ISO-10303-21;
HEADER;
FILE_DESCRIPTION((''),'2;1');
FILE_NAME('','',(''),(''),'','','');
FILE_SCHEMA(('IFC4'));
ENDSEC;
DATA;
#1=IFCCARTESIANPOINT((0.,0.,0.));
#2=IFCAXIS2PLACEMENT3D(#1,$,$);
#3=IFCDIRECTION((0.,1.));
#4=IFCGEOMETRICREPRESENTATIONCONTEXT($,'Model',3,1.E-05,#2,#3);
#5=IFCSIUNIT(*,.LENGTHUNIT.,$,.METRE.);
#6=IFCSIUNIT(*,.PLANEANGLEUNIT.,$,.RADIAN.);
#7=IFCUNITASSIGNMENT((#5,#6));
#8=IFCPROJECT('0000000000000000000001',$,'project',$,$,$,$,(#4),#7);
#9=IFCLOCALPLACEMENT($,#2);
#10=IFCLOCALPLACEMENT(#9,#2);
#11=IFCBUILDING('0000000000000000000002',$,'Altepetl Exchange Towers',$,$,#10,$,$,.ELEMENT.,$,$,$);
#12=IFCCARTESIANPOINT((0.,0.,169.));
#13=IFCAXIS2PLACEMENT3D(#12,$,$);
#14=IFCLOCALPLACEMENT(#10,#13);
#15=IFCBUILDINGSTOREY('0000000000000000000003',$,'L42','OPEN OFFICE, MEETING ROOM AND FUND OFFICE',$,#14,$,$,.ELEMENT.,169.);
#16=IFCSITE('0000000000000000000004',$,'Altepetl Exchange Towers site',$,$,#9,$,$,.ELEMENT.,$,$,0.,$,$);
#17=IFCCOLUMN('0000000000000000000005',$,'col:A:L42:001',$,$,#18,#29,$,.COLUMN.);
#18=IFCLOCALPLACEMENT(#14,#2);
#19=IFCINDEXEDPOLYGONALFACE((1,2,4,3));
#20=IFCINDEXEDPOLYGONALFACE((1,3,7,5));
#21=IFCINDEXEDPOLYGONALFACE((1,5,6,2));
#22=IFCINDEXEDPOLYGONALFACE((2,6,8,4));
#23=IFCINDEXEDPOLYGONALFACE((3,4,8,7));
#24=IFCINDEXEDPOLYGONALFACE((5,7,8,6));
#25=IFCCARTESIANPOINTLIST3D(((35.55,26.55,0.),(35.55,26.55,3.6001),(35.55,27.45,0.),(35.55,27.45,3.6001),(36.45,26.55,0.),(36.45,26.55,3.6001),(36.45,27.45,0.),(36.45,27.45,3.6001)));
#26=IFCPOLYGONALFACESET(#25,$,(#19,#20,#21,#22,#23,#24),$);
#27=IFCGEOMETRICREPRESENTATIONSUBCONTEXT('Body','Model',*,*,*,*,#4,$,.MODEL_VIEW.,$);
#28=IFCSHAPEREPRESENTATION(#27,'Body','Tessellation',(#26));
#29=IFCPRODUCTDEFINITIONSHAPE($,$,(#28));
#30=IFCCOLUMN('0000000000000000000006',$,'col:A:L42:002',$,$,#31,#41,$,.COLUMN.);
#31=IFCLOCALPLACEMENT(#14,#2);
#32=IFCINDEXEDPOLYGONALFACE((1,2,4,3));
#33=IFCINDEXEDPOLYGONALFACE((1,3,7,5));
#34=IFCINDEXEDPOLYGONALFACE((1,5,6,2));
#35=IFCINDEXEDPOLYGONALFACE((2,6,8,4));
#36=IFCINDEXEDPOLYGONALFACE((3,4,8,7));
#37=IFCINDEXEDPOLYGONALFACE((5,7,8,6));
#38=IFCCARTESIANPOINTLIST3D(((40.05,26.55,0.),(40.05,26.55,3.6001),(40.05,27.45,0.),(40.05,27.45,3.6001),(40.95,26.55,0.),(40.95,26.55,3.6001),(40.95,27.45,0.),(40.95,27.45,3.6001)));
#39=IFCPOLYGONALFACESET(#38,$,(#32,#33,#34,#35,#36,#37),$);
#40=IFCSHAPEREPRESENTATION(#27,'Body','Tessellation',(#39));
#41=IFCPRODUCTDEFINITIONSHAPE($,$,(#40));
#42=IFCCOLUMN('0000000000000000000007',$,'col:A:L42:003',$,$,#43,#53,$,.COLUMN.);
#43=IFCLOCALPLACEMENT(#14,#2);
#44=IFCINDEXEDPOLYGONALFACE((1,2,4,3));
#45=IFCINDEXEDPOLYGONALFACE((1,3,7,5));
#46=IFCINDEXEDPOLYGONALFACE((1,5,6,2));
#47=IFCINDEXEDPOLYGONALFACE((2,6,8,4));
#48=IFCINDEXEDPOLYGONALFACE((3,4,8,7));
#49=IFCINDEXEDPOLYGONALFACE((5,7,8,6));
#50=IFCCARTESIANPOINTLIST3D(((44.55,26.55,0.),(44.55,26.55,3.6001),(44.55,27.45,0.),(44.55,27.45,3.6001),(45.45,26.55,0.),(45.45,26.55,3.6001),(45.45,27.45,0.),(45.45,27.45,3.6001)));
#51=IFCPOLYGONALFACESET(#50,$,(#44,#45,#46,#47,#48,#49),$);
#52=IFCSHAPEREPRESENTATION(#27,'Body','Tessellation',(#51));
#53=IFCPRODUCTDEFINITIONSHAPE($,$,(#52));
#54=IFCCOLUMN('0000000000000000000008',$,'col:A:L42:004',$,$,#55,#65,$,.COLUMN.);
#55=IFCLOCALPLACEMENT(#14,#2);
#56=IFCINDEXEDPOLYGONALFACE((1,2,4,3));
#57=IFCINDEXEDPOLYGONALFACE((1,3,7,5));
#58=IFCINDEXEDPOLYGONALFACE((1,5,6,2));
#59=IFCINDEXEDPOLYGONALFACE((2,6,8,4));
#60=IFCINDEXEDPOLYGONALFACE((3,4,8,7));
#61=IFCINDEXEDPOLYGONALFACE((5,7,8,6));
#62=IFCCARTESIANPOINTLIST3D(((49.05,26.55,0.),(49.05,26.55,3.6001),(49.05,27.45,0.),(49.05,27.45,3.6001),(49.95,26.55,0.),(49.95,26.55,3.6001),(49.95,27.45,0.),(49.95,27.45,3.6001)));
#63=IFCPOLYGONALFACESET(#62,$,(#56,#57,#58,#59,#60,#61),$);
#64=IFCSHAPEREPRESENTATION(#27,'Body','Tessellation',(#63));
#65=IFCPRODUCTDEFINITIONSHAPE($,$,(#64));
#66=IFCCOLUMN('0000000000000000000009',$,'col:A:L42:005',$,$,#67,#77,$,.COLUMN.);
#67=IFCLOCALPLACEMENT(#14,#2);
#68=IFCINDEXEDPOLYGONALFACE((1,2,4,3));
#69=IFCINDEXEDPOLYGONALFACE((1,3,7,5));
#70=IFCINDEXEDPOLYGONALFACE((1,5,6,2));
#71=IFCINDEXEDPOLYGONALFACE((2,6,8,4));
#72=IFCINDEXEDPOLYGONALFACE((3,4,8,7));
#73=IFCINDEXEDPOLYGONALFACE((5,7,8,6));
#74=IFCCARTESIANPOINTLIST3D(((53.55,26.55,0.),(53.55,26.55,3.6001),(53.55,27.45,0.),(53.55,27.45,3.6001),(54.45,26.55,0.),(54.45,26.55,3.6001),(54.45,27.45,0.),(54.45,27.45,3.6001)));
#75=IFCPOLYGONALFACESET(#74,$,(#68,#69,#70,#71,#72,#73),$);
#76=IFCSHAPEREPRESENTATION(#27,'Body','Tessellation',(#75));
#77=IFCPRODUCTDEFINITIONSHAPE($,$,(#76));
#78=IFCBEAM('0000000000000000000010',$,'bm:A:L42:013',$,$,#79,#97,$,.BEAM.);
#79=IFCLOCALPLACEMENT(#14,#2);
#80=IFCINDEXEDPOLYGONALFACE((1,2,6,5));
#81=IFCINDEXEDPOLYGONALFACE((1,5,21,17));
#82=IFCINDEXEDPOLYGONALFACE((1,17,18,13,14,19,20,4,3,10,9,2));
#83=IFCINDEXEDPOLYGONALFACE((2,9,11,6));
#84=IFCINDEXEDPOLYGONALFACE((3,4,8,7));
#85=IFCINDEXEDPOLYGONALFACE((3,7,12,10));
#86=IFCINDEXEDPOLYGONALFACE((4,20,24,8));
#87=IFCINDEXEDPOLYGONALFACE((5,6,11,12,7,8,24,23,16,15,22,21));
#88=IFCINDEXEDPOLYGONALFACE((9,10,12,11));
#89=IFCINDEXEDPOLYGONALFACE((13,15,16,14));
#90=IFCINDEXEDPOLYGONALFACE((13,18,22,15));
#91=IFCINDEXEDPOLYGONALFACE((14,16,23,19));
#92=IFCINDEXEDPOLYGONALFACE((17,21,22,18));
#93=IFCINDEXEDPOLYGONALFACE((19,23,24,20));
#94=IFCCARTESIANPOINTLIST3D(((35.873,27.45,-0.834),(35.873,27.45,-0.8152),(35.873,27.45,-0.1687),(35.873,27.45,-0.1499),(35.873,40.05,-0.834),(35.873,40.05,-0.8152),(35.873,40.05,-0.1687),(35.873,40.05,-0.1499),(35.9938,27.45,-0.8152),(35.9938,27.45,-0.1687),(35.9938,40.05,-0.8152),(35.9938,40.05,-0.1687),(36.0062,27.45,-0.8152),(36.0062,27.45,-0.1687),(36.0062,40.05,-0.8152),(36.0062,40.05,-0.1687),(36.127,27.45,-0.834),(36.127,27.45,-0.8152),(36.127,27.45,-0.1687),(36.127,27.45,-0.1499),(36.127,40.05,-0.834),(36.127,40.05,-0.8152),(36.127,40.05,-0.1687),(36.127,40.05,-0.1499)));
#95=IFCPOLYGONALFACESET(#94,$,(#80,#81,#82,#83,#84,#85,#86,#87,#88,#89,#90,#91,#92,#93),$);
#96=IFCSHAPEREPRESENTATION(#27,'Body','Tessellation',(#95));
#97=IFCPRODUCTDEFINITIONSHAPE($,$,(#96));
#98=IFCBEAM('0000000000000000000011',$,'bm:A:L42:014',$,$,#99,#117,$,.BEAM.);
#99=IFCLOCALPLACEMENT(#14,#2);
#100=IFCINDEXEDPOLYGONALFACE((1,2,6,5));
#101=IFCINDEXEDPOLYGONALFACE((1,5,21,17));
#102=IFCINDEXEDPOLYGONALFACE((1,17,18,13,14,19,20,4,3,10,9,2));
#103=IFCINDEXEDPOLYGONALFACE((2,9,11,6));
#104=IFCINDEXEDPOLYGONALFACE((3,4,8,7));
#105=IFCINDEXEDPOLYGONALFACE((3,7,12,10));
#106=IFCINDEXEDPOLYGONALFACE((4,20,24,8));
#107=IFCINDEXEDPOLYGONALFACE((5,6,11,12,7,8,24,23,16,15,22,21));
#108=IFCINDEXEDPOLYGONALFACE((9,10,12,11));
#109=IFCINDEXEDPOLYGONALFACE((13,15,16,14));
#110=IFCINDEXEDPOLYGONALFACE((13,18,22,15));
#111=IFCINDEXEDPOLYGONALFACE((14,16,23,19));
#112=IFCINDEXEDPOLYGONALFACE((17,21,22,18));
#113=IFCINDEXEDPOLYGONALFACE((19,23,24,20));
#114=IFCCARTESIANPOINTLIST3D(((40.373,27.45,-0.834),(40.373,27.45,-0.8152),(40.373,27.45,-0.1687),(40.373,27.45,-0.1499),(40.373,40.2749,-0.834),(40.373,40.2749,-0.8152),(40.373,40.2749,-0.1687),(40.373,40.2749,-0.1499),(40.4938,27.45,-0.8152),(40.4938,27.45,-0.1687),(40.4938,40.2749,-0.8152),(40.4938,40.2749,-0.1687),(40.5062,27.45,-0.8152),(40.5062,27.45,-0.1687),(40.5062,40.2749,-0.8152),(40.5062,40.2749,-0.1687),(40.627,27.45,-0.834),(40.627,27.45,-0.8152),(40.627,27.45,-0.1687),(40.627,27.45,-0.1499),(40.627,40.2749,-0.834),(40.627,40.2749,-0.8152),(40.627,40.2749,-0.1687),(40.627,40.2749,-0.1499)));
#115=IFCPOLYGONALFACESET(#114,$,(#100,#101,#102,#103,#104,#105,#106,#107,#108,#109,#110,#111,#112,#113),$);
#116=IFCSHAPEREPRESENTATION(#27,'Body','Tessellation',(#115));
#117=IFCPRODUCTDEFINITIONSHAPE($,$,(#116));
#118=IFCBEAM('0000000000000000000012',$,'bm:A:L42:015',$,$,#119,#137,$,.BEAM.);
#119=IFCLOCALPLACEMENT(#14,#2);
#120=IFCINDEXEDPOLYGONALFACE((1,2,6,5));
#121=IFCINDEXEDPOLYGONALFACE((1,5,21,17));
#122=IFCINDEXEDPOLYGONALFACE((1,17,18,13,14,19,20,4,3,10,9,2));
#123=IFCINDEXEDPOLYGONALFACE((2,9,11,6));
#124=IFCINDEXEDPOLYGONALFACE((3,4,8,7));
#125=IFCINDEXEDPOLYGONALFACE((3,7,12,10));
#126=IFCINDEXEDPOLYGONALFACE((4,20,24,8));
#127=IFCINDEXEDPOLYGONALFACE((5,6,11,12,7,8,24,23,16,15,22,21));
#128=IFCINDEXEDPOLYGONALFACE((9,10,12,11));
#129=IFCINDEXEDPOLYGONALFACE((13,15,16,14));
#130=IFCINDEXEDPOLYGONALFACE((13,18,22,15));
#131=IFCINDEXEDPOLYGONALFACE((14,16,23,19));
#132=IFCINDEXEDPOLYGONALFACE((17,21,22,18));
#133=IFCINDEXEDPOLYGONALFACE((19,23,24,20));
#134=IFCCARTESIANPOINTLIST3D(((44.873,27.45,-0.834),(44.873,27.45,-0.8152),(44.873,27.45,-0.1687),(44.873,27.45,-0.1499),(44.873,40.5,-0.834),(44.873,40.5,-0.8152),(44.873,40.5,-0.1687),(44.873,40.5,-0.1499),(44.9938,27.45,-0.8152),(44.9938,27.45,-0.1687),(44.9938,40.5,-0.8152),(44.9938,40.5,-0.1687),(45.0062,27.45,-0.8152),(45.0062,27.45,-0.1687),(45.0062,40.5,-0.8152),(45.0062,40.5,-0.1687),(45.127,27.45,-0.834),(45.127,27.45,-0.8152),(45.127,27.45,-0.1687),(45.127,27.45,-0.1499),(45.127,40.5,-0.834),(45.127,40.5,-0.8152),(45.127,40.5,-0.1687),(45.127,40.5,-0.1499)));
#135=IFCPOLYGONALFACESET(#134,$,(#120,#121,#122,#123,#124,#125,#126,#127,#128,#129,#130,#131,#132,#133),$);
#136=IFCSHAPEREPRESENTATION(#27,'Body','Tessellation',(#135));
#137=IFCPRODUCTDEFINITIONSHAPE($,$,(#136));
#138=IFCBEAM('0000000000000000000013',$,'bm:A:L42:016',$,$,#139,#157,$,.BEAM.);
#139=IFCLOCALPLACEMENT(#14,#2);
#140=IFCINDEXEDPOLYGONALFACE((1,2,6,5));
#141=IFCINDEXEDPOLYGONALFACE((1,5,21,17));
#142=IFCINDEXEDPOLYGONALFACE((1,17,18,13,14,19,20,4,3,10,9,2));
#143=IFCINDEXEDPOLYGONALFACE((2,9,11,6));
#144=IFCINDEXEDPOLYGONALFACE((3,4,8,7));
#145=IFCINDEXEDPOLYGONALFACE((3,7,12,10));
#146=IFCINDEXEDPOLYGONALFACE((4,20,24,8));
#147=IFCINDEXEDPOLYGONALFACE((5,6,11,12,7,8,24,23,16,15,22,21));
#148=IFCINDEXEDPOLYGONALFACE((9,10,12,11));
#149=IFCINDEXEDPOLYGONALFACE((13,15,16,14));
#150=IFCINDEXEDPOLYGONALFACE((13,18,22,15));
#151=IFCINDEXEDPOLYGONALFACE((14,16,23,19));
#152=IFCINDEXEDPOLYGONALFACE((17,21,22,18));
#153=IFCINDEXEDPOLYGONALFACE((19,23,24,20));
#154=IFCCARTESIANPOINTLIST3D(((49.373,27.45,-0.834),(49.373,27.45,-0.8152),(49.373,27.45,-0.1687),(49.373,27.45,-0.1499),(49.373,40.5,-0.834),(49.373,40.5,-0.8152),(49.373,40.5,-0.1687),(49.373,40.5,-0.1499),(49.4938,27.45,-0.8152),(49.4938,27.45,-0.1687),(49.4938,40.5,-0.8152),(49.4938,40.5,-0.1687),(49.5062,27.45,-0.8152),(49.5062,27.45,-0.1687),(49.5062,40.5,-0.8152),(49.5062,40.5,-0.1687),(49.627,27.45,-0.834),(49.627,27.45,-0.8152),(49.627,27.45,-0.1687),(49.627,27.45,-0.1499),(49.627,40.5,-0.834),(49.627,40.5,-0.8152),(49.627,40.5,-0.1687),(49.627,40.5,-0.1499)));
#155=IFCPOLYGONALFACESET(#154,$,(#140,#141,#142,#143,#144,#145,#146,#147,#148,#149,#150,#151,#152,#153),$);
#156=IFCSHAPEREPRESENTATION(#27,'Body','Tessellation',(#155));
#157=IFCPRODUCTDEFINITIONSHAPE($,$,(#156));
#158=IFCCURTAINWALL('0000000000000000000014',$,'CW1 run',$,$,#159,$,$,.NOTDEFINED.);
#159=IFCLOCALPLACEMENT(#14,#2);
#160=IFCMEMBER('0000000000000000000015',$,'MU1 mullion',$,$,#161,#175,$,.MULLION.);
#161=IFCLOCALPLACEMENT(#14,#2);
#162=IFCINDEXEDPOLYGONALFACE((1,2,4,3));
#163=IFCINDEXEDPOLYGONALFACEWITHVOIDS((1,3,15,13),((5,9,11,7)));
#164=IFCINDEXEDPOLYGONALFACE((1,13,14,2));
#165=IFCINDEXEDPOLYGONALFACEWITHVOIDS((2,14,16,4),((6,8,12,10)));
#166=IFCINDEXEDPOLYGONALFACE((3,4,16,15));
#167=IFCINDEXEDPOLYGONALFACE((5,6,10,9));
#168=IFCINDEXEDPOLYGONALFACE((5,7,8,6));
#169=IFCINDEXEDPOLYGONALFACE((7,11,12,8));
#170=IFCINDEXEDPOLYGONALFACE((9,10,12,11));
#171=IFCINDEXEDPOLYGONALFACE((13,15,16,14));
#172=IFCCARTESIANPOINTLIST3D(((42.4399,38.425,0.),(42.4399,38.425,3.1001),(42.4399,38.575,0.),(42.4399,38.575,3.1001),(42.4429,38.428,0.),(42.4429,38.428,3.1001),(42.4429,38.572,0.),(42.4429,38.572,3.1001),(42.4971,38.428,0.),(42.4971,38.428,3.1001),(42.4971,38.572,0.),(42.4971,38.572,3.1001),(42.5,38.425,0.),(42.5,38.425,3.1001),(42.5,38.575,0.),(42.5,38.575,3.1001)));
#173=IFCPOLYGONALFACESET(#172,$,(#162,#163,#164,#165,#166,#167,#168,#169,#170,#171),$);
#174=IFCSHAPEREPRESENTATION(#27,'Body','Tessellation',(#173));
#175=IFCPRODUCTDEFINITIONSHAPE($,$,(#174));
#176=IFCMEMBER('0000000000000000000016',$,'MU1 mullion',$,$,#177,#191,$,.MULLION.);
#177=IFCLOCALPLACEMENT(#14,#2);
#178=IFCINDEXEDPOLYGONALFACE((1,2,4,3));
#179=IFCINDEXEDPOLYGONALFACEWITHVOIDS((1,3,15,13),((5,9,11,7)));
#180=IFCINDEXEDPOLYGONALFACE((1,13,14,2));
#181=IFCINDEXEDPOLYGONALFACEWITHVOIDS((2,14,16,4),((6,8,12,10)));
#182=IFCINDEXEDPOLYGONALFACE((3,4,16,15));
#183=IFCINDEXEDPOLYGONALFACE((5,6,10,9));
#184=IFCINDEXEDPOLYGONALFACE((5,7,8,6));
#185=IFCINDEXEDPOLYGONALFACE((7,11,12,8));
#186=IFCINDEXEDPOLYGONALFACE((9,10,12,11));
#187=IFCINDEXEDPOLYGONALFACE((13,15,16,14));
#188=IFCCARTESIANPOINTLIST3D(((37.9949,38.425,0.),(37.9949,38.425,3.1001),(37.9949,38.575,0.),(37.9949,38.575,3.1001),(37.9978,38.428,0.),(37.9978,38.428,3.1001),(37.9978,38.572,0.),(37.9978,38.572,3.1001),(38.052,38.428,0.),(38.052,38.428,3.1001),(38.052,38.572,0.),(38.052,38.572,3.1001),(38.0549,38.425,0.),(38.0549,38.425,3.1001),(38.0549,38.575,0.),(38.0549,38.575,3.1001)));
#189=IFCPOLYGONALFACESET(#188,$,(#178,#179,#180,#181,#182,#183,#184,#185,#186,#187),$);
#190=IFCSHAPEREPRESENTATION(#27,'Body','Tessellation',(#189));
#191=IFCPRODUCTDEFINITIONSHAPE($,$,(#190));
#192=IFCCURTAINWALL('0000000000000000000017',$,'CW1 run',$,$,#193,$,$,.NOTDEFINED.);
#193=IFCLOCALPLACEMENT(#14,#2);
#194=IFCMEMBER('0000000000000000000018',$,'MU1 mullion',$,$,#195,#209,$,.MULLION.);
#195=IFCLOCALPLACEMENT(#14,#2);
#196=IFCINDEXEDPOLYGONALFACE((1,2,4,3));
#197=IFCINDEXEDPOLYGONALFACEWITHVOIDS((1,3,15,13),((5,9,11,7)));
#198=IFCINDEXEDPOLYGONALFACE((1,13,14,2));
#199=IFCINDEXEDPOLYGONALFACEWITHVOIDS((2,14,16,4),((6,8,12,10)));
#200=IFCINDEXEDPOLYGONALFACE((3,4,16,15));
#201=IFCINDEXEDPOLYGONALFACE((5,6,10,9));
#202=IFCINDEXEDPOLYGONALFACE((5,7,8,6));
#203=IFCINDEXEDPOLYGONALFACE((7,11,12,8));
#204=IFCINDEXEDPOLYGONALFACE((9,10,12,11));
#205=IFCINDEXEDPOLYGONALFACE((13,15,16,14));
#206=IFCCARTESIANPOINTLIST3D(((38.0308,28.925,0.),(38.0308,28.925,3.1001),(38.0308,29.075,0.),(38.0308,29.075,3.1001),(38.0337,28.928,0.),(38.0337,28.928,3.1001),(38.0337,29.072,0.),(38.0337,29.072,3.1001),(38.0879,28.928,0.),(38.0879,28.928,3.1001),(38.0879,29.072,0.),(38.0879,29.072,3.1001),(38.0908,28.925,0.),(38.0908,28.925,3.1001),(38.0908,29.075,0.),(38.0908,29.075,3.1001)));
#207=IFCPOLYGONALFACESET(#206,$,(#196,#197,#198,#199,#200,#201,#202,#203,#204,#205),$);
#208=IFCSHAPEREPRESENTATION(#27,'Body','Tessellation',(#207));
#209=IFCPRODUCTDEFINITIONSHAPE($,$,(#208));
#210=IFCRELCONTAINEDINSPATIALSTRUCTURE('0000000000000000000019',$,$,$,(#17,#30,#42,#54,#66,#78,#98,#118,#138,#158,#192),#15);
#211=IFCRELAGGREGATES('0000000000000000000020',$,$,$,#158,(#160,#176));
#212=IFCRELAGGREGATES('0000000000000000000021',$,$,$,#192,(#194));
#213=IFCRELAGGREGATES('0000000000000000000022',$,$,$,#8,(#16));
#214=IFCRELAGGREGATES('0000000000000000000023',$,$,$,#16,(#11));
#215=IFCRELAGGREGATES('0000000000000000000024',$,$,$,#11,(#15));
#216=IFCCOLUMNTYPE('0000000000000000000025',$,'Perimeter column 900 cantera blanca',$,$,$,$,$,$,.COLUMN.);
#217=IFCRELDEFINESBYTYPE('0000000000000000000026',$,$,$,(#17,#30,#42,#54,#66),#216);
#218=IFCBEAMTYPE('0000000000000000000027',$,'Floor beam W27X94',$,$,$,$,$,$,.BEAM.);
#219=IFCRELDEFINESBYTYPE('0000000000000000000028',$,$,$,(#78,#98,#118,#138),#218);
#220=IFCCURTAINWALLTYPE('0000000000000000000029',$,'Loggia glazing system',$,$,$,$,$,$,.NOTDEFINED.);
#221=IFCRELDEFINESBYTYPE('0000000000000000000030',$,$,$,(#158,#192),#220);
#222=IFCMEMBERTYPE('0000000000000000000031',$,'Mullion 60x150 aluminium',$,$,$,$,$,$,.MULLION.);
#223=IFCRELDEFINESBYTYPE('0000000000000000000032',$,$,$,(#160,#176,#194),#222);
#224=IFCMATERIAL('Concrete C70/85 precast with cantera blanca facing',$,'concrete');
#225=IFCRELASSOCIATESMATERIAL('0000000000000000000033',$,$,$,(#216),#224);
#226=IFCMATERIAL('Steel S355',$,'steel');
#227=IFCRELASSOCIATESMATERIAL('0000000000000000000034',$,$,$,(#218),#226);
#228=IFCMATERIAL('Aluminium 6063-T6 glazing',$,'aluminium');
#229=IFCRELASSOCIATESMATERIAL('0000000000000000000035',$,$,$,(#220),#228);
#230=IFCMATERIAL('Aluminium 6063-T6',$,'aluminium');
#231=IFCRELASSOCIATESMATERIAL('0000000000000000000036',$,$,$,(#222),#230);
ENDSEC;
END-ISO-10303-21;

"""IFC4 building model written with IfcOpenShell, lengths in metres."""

from ifc_helpers import new_model, si_unit, direction, frame, origin, origin_2d, place, context, subcontext, project, spatial, rectangle, hollow_rectangle, i_section, extrude, material, material_profile, profile_set, type_object, element, aggregate, save


model = new_model("IFC4")

# Units and contexts
model_context = context("Model", 3, precision=1e-05, world=origin(), true_north=direction((0.0, 1.0)))
body_context = subcontext(model_context, "Body", "Model", "MODEL_VIEW")
ifc_project = project(units=[si_unit("LENGTHUNIT", "METRE"), si_unit("PLANEANGLEUNIT", "RADIAN")], contexts=[model_context])

# Site, building, storey
site_placement = place(None, origin())
site = spatial("IfcSite", under=ifc_project, at=site_placement, Name="Altepetl Exchange Towers site", CompositionType="ELEMENT", RefElevation=0.0)
building_placement = place(site_placement, origin())
building = spatial("IfcBuilding", under=site, at=building_placement, Name="Altepetl Exchange Towers", CompositionType="ELEMENT")
storey_placement = place(building_placement, frame((0.0, 0.0, 169.0)))
storey = spatial("IfcBuildingStorey", under=building, at=storey_placement, Name="L42", Description="OPEN OFFICE, MEETING ROOM AND FUND OFFICE", CompositionType="ELEMENT", Elevation=169.0)

# Columns
ifc_material_1 = material(Name="Concrete C70/85 precast with cantera blanca facing", Category="concrete")
ifc_material_profile_1 = material_profile(ifc_material_1, rectangle(XDim=0.8999, YDim=0.8999, at=origin_2d()), Name="900 x 900")
ifc_profile_set_1 = profile_set([ifc_material_profile_1], Name="Concrete C70/85 precast with cantera blanca facing")
column_type = type_object("IfcColumnType", Name="Perimeter column 900 cantera blanca", PredefinedType="COLUMN", material=ifc_profile_set_1)
for number, where, name in (
    (1, (36.0, 27.0, 0.0), "col:A:L42:001"),
    (2, (40.5, 27.0, 0.0), "col:A:L42:002"),
    (3, (45.0, 27.0, 0.0), "col:A:L42:003"),
    (4, (49.5, 27.0, 0.0), "col:A:L42:004"),
    (5, (54.0, 27.0, 0.0), "col:A:L42:005"),
):
    element("IfcColumn", number, at=place(storey_placement, frame(where)), inside=storey, type_object=column_type, Name=name, PredefinedType="COLUMN", context=body_context, shape_type="SweptSolid", body=[
        extrude(rectangle(XDim=0.8999, YDim=0.8999, at=origin_2d()), origin(), (0.0, 0.0, 1.0), 3.6001),
    ])

# Beams
ifc_material_2 = material(Name="Steel S355", Category="steel")
ifc_material_profile_2 = material_profile(ifc_material_2, i_section(OverallWidth=0.2539, OverallDepth=0.6841, WebThickness=0.0125, FlangeThickness=0.0188, at=origin_2d()), Name="W27X94")
ifc_profile_set_2 = profile_set([ifc_material_profile_2], Name="Steel S355")
beam_type_1 = type_object("IfcBeamType", Name="Floor beam W27X94", PredefinedType="BEAM", material=ifc_profile_set_2)
beam_1_placement = place(storey_placement, frame((36.0, 27.45, -0.4919), z_axis=(0.0, 1.0, 0.0), x_axis=(-1.0, 0.0, 0.0)))
element("IfcBeam", 6, at=beam_1_placement, inside=storey, type_object=beam_type_1, Name="bm:A:L42:013", PredefinedType="BEAM", context=body_context, shape_type="SweptSolid", body=[
    extrude(i_section(OverallWidth=0.2539, OverallDepth=0.6841, WebThickness=0.0125, FlangeThickness=0.0188, at=origin_2d()), origin(), (0.0, 0.0, 1.0), 12.6001),
])
beam_2_placement = place(storey_placement, frame((40.5, 27.45, -0.4919), z_axis=(0.0, 1.0, 0.0), x_axis=(-1.0, 0.0, 0.0)))
element("IfcBeam", 7, at=beam_2_placement, inside=storey, type_object=beam_type_1, Name="bm:A:L42:014", PredefinedType="BEAM", context=body_context, shape_type="SweptSolid", body=[
    extrude(i_section(OverallWidth=0.2539, OverallDepth=0.6841, WebThickness=0.0125, FlangeThickness=0.0188, at=origin_2d()), origin(), (0.0, 0.0, 1.0), 12.825),
])
for number, where, z_axis, x_axis, name in (
    (8, (45.0, 27.45, -0.4919), (0.0, 1.0, 0.0), (-1.0, 0.0, 0.0), "bm:A:L42:015"),
    (9, (49.5, 27.45, -0.4919), (0.0, 1.0, 0.0), (-1.0, 0.0, 0.0), "bm:A:L42:016"),
):
    element("IfcBeam", number, at=place(storey_placement, frame(where, z_axis=z_axis, x_axis=x_axis)), inside=storey, type_object=beam_type_1, Name=name, PredefinedType="BEAM", context=body_context, shape_type="SweptSolid", body=[
        extrude(i_section(OverallWidth=0.2539, OverallDepth=0.6841, WebThickness=0.0125, FlangeThickness=0.0188, at=origin_2d()), origin(), (0.0, 0.0, 1.0), 13.05),
    ])

# Curtain walls, members
ifc_material_3 = material(Name="Aluminium 6063-T6 glazing", Category="aluminium")
curtain_wall_type = type_object("IfcCurtainWallType", Name="Loggia glazing system", PredefinedType="NOTDEFINED", material=ifc_material_3)
curtain_wall_1_placement = place(storey_placement, origin())
curtain_wall_1 = element("IfcCurtainWall", 10, at=curtain_wall_1_placement, inside=storey, type_object=curtain_wall_type, Name="CW1 run", PredefinedType="NOTDEFINED")
ifc_material_4 = material(Name="Aluminium 6063-T6", Category="aluminium")
ifc_material_profile_3 = material_profile(ifc_material_4, hollow_rectangle(XDim=0.0601, YDim=0.1499, WallThickness=0.0029, at=origin_2d()), Name="Mullion 60x150 aluminium")
ifc_profile_set_3 = profile_set([ifc_material_profile_3], Name="Aluminium 6063-T6")
member_type = type_object("IfcMemberType", Name="Mullion 60x150 aluminium", PredefinedType="MULLION", material=ifc_profile_set_3)
member_1_placement = place(storey_placement, frame((42.47, 38.5, 0.0), z_axis=(0.0, 0.0, 1.0), x_axis=(-1.0, 0.0, 0.0)))
member_1 = element("IfcMember", 11, at=member_1_placement, type_object=member_type, Name="MU1 mullion", PredefinedType="MULLION", context=body_context, shape_type="SweptSolid", body=[
    extrude(hollow_rectangle(XDim=0.0601, YDim=0.1499, WallThickness=0.0029, at=origin_2d()), origin(), (0.0, 0.0, 1.0), 3.1001),
])
member_2_placement = place(storey_placement, frame((38.0249, 38.5, 0.0), z_axis=(0.0, 0.0, 1.0), x_axis=(-1.0, 0.0, 0.0)))
member_2 = element("IfcMember", 12, at=member_2_placement, type_object=member_type, Name="MU1 mullion", PredefinedType="MULLION", context=body_context, shape_type="SweptSolid", body=[
    extrude(hollow_rectangle(XDim=0.0601, YDim=0.1499, WallThickness=0.0029, at=origin_2d()), origin(), (0.0, 0.0, 1.0), 3.1001),
])
curtain_wall_2_placement = place(storey_placement, origin())
curtain_wall_2 = element("IfcCurtainWall", 13, at=curtain_wall_2_placement, inside=storey, type_object=curtain_wall_type, Name="CW1 run", PredefinedType="NOTDEFINED")
member_3_placement = place(storey_placement, frame((38.0608, 29.0, 0.0)))
member_3 = element("IfcMember", 14, at=member_3_placement, type_object=member_type, Name="MU1 mullion", PredefinedType="MULLION", context=body_context, shape_type="SweptSolid", body=[
    extrude(hollow_rectangle(XDim=0.0601, YDim=0.1499, WallThickness=0.0029, at=origin_2d()), origin(), (0.0, 0.0, 1.0), 3.1001),
])

aggregate(curtain_wall_1, [member_1, member_2])
aggregate(curtain_wall_2, [member_3])

save(model, "model.ifc")
